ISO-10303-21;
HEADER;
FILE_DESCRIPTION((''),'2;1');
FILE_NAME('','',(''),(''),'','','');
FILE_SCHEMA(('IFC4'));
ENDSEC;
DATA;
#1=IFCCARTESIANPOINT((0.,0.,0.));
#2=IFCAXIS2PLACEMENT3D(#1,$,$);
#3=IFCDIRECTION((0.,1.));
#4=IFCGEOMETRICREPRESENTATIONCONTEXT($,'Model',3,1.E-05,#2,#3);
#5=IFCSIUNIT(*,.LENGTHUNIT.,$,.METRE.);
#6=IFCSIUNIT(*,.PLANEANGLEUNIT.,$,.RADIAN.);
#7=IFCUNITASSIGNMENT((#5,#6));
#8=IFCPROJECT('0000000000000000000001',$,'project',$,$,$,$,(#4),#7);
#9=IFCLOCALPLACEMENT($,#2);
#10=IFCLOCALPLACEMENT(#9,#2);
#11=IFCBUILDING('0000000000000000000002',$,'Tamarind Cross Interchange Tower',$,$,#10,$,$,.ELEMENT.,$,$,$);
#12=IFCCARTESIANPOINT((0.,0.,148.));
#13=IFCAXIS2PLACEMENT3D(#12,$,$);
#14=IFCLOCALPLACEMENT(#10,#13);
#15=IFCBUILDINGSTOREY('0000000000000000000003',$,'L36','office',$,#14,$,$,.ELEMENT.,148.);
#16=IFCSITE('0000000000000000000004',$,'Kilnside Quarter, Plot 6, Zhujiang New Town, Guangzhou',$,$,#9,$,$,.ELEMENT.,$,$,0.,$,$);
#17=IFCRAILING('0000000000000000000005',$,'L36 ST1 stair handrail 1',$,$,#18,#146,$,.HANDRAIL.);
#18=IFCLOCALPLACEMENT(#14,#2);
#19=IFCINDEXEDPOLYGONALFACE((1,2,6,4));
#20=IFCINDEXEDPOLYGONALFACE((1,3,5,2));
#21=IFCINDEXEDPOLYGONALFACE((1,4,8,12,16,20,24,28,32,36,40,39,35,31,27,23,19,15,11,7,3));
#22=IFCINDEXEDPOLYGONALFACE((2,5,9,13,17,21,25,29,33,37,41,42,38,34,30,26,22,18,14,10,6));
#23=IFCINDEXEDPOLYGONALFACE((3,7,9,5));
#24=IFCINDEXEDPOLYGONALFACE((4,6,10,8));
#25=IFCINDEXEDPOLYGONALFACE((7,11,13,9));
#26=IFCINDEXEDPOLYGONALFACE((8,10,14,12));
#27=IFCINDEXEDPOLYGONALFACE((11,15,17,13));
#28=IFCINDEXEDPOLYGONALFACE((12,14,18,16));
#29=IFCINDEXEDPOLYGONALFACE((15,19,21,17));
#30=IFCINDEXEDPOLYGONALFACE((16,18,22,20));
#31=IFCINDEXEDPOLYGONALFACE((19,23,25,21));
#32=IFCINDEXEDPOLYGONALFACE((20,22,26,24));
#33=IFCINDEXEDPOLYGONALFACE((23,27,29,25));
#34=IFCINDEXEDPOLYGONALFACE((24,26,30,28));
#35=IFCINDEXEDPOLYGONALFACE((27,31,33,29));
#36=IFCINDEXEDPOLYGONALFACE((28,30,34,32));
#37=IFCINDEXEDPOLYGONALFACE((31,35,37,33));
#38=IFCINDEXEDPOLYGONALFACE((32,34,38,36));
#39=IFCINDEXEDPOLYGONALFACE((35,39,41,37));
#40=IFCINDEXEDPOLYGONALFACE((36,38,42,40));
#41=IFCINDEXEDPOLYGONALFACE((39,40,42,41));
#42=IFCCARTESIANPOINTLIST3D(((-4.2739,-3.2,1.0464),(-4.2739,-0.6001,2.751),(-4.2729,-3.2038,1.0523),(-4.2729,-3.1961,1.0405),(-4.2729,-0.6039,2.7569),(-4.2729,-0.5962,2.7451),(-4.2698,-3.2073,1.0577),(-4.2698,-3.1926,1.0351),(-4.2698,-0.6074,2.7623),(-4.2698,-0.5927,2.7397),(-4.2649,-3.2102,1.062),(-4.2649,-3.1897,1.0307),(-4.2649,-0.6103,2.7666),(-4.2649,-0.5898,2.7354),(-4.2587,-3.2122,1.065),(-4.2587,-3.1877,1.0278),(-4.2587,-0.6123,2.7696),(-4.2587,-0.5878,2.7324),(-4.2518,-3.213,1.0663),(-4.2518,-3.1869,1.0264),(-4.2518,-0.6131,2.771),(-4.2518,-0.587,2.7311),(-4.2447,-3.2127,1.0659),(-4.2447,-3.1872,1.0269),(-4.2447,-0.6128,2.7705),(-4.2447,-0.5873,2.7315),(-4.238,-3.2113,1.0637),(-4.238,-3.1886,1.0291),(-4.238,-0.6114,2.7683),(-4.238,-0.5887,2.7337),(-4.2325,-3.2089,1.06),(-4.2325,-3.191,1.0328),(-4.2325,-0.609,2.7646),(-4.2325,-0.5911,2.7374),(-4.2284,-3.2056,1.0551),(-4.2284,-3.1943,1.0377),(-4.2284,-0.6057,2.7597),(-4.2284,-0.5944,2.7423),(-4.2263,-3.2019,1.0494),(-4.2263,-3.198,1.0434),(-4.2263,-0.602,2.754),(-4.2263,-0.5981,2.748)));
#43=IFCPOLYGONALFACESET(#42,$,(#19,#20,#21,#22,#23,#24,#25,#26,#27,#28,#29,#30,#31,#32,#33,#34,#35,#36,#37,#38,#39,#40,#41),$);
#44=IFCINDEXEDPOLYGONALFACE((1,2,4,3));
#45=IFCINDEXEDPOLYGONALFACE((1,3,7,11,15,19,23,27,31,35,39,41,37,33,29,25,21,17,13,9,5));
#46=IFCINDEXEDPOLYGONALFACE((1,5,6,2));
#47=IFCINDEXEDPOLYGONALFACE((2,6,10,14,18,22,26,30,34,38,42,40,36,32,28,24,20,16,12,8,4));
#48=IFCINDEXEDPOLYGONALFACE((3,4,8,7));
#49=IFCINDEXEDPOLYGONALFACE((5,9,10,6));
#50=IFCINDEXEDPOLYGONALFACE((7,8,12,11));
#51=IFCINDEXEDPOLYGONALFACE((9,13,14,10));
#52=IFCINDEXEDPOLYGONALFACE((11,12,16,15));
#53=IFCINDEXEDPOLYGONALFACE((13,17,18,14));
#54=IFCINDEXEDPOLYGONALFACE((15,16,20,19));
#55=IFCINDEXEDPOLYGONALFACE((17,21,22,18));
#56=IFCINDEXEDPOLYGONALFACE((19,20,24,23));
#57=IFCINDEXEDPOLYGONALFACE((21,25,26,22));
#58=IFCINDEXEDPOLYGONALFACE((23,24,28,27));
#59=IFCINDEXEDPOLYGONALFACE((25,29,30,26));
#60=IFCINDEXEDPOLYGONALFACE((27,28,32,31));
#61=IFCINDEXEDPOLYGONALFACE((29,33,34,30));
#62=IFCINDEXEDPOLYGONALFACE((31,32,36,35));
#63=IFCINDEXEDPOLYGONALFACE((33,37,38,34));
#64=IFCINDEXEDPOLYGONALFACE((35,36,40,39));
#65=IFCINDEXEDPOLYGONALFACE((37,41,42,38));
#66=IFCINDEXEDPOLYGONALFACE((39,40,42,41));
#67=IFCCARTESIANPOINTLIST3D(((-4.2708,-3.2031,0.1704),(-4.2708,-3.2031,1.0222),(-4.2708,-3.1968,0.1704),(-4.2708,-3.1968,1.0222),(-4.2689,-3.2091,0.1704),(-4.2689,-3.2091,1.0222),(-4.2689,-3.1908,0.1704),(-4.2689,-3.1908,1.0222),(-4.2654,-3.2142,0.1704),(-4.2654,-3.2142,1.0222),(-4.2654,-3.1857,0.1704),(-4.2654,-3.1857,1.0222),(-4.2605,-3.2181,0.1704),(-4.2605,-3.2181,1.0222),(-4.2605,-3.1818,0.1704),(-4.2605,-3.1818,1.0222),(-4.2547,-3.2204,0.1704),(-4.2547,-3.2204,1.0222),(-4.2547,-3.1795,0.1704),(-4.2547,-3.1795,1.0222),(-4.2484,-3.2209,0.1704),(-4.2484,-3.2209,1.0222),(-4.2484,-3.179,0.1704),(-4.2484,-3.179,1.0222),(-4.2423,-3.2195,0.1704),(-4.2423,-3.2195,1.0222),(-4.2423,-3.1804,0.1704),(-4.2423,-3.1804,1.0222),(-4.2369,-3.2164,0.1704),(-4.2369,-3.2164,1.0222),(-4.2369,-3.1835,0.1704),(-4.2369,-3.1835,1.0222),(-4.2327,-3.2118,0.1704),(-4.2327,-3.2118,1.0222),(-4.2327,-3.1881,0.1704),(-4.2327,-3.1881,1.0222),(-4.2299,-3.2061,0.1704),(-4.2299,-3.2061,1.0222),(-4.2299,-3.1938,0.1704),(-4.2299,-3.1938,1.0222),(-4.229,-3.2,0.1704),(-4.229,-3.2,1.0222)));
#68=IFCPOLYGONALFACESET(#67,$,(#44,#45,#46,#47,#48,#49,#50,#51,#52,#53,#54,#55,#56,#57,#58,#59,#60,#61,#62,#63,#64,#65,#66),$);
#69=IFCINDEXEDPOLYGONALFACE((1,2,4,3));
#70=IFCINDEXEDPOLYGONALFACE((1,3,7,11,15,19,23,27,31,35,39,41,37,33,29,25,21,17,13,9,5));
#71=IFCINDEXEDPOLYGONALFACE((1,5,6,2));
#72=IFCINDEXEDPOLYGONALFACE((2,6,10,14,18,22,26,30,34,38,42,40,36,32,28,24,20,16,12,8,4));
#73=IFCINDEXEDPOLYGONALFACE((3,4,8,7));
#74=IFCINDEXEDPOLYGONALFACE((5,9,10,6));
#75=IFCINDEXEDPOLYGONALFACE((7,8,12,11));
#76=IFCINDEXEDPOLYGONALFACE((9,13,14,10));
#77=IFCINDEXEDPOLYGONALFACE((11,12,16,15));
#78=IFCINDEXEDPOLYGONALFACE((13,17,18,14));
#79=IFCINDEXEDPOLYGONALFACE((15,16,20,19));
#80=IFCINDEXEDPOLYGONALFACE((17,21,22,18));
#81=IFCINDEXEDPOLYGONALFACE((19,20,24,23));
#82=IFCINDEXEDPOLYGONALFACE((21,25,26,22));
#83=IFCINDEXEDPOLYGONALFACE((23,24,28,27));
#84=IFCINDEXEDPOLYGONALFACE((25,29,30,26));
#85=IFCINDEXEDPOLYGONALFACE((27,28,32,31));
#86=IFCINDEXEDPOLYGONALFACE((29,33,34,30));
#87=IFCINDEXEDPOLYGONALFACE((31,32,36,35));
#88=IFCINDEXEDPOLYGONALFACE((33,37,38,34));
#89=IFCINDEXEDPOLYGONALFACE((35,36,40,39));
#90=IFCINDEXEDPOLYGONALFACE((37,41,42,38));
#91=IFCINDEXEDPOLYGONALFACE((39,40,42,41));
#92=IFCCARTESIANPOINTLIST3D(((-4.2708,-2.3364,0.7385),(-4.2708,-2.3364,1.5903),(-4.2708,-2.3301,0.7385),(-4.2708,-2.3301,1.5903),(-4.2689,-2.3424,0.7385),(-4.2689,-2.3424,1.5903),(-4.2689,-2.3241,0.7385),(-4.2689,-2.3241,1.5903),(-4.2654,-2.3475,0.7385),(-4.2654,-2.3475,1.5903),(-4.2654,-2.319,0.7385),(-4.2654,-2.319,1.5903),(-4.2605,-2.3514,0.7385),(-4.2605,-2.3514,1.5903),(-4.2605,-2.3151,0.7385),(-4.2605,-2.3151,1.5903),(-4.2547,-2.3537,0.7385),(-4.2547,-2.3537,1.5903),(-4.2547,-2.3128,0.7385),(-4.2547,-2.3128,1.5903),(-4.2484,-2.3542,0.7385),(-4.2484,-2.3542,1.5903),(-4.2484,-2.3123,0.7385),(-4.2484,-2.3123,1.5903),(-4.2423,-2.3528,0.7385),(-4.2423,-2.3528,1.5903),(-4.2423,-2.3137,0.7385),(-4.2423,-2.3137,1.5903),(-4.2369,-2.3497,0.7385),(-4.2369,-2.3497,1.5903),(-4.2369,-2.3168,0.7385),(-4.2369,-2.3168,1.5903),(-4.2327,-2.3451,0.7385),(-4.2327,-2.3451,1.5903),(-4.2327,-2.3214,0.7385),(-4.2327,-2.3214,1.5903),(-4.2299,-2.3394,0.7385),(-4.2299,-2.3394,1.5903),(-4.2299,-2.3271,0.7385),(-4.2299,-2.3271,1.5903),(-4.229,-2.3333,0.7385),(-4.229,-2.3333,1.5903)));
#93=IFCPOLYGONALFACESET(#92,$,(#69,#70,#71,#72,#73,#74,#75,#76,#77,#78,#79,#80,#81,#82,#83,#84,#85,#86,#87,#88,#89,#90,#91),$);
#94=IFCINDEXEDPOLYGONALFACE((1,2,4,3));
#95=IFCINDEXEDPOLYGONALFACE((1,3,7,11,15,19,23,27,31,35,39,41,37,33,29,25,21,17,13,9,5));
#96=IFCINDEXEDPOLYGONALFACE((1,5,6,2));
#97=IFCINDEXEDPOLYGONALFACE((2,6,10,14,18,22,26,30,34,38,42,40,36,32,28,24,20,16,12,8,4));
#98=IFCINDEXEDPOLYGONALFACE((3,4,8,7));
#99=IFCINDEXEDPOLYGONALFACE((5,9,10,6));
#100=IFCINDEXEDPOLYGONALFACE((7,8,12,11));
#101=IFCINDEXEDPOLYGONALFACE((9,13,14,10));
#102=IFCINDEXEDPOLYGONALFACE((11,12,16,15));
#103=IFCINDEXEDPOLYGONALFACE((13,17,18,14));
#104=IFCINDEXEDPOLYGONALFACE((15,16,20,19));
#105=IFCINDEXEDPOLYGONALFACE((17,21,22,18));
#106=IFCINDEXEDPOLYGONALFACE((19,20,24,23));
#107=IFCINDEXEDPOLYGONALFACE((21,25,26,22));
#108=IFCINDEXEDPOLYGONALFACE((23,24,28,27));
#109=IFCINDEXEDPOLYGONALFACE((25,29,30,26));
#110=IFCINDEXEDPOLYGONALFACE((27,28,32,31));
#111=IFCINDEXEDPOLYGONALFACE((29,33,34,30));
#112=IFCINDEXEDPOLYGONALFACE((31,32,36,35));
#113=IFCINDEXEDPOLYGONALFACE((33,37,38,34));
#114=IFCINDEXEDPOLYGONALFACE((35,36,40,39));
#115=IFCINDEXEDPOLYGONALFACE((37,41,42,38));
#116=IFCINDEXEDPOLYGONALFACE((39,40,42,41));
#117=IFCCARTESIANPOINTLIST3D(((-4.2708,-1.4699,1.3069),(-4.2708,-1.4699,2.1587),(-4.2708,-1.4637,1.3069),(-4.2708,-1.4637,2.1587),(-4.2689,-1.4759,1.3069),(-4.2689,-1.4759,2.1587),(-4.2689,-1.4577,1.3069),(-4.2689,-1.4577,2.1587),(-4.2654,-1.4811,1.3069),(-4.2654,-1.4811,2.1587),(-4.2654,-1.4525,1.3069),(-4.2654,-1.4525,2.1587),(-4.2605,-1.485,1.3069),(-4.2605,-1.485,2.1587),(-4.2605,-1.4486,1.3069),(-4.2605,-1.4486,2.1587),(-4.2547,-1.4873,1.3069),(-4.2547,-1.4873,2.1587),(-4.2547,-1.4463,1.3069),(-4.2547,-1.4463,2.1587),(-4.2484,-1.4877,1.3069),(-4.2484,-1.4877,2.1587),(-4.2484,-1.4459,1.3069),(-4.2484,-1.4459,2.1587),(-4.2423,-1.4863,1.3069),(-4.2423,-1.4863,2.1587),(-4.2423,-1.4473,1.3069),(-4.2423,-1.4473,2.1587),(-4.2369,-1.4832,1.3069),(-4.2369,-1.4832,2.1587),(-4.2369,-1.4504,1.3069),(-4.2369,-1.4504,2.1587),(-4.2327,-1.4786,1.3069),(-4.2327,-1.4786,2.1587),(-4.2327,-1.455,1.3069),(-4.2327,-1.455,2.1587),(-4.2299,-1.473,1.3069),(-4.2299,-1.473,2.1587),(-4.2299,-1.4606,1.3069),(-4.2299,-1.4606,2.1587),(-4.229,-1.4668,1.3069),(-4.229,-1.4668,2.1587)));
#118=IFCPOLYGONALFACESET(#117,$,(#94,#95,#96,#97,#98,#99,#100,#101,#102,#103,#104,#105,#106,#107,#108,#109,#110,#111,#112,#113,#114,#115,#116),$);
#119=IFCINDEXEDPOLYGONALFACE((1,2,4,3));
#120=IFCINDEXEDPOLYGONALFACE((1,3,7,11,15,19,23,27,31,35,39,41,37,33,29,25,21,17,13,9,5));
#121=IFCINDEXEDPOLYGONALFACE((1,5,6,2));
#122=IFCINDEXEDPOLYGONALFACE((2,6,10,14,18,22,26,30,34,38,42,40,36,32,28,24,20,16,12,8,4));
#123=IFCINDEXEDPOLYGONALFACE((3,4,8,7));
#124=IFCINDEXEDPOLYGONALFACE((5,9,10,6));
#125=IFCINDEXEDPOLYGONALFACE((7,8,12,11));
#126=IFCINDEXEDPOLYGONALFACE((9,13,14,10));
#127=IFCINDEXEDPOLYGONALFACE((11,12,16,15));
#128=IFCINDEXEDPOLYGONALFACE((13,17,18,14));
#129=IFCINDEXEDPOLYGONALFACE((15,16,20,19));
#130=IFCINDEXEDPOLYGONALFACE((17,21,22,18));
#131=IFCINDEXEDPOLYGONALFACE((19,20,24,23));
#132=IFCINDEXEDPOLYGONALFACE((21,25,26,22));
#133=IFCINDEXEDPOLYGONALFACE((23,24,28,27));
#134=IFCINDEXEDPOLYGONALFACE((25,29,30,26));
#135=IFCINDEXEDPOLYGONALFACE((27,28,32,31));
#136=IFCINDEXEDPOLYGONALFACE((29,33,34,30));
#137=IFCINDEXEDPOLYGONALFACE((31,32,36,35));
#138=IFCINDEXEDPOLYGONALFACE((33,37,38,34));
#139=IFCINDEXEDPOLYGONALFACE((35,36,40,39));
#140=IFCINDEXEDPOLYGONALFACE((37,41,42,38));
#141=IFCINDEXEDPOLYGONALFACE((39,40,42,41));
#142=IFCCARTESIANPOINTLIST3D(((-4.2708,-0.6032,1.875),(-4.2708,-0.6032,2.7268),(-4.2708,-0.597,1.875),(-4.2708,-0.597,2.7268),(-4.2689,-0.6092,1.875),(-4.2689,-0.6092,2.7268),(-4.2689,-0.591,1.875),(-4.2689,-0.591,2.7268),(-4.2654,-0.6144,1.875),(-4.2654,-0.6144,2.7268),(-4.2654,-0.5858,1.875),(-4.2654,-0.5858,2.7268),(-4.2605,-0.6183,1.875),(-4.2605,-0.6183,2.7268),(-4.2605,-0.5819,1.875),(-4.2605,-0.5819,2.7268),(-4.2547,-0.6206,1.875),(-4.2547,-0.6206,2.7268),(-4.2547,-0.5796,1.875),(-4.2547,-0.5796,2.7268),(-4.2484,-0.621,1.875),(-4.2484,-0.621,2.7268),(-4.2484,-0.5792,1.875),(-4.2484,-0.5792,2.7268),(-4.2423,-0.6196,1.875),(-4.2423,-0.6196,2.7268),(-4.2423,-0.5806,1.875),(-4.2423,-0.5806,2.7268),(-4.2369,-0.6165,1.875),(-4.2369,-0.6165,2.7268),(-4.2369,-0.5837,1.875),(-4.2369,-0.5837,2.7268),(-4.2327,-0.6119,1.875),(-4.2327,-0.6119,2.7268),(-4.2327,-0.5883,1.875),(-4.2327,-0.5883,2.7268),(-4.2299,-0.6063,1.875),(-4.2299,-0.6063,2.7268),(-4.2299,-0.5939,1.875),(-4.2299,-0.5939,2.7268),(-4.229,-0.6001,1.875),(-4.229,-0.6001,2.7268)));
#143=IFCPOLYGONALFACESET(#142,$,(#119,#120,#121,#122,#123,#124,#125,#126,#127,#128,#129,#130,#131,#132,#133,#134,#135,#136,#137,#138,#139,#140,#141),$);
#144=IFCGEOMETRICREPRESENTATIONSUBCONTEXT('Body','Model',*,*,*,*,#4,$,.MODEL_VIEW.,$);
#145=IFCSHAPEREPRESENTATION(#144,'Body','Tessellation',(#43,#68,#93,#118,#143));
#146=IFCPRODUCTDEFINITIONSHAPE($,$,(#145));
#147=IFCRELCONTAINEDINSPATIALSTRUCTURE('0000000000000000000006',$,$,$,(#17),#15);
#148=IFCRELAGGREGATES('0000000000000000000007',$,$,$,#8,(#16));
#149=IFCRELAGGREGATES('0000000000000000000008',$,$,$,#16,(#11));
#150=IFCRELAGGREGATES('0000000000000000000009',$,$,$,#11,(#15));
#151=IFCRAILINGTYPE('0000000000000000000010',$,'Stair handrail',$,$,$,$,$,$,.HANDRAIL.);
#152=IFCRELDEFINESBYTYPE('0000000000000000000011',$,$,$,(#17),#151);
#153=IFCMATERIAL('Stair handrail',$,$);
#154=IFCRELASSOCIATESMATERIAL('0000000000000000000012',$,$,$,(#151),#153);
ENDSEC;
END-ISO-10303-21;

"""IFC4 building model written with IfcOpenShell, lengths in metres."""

from ifc_helpers import new_model, si_unit, direction, frame, origin, origin_2d, place, context, subcontext, project, spatial, circle, extrude, material, type_object, element, save


model = new_model("IFC4")

# Units and contexts
model_context = context("Model", 3, precision=1e-05, world=origin(), true_north=direction((0.0, 1.0)))
body_context = subcontext(model_context, "Body", "Model", "MODEL_VIEW")
ifc_project = project(units=[si_unit("LENGTHUNIT", "METRE"), si_unit("PLANEANGLEUNIT", "RADIAN")], contexts=[model_context])

# Site, building, storey
site_placement = place(None, origin())
site = spatial("IfcSite", under=ifc_project, at=site_placement, Name="Kilnside Quarter, Plot 6, Zhujiang New Town, Guangzhou", CompositionType="ELEMENT", RefElevation=0.0)
building_placement = place(site_placement, origin())
building = spatial("IfcBuilding", under=site, at=building_placement, Name="Tamarind Cross Interchange Tower", CompositionType="ELEMENT")
storey_placement = place(building_placement, frame((0.0, 0.0, 148.0)))
storey = spatial("IfcBuildingStorey", under=building, at=storey_placement, Name="L36", Description="office", CompositionType="ELEMENT", Elevation=148.0)

# Railing
ifc_material_1 = material(Name="Stair handrail")
railing_type_1 = type_object("IfcRailingType", Name="Stair handrail", PredefinedType="HANDRAIL", material=ifc_material_1)
railing_1_placement = place(storey_placement, frame((-4.25, -3.2, 0.1704)))
element("IfcRailing", 1, at=railing_1_placement, inside=storey, type_object=railing_type_1, Name="L36 ST1 stair handrail 1", PredefinedType="HANDRAIL", context=body_context, shape_type="SweptSolid", body=[
    extrude(circle(Radius=0.0239, at=origin_2d()), frame((0.0, 0.0, 0.876), z_axis=(0.0, 0.836279, 0.548305), x_axis=(-1.0, 0.0, 0.0)), (0.0, 0.0, 1.0), 3.1089),
    extrude(circle(Radius=0.021, at=origin_2d()), origin(), (0.0, 0.0, 1.0), 0.8518),
    extrude(circle(Radius=0.021, at=origin_2d()), frame((0.0, 0.8667, 0.5681)), (0.0, 0.0, 1.0), 0.8518),
    extrude(circle(Radius=0.021, at=origin_2d()), frame((0.0, 1.7332, 1.1365)), (0.0, 0.0, 1.0), 0.8518),
    extrude(circle(Radius=0.021, at=origin_2d()), frame((0.0, 2.5999, 1.7046)), (0.0, 0.0, 1.0), 0.8518),
])

save(model, "model.ifc")
